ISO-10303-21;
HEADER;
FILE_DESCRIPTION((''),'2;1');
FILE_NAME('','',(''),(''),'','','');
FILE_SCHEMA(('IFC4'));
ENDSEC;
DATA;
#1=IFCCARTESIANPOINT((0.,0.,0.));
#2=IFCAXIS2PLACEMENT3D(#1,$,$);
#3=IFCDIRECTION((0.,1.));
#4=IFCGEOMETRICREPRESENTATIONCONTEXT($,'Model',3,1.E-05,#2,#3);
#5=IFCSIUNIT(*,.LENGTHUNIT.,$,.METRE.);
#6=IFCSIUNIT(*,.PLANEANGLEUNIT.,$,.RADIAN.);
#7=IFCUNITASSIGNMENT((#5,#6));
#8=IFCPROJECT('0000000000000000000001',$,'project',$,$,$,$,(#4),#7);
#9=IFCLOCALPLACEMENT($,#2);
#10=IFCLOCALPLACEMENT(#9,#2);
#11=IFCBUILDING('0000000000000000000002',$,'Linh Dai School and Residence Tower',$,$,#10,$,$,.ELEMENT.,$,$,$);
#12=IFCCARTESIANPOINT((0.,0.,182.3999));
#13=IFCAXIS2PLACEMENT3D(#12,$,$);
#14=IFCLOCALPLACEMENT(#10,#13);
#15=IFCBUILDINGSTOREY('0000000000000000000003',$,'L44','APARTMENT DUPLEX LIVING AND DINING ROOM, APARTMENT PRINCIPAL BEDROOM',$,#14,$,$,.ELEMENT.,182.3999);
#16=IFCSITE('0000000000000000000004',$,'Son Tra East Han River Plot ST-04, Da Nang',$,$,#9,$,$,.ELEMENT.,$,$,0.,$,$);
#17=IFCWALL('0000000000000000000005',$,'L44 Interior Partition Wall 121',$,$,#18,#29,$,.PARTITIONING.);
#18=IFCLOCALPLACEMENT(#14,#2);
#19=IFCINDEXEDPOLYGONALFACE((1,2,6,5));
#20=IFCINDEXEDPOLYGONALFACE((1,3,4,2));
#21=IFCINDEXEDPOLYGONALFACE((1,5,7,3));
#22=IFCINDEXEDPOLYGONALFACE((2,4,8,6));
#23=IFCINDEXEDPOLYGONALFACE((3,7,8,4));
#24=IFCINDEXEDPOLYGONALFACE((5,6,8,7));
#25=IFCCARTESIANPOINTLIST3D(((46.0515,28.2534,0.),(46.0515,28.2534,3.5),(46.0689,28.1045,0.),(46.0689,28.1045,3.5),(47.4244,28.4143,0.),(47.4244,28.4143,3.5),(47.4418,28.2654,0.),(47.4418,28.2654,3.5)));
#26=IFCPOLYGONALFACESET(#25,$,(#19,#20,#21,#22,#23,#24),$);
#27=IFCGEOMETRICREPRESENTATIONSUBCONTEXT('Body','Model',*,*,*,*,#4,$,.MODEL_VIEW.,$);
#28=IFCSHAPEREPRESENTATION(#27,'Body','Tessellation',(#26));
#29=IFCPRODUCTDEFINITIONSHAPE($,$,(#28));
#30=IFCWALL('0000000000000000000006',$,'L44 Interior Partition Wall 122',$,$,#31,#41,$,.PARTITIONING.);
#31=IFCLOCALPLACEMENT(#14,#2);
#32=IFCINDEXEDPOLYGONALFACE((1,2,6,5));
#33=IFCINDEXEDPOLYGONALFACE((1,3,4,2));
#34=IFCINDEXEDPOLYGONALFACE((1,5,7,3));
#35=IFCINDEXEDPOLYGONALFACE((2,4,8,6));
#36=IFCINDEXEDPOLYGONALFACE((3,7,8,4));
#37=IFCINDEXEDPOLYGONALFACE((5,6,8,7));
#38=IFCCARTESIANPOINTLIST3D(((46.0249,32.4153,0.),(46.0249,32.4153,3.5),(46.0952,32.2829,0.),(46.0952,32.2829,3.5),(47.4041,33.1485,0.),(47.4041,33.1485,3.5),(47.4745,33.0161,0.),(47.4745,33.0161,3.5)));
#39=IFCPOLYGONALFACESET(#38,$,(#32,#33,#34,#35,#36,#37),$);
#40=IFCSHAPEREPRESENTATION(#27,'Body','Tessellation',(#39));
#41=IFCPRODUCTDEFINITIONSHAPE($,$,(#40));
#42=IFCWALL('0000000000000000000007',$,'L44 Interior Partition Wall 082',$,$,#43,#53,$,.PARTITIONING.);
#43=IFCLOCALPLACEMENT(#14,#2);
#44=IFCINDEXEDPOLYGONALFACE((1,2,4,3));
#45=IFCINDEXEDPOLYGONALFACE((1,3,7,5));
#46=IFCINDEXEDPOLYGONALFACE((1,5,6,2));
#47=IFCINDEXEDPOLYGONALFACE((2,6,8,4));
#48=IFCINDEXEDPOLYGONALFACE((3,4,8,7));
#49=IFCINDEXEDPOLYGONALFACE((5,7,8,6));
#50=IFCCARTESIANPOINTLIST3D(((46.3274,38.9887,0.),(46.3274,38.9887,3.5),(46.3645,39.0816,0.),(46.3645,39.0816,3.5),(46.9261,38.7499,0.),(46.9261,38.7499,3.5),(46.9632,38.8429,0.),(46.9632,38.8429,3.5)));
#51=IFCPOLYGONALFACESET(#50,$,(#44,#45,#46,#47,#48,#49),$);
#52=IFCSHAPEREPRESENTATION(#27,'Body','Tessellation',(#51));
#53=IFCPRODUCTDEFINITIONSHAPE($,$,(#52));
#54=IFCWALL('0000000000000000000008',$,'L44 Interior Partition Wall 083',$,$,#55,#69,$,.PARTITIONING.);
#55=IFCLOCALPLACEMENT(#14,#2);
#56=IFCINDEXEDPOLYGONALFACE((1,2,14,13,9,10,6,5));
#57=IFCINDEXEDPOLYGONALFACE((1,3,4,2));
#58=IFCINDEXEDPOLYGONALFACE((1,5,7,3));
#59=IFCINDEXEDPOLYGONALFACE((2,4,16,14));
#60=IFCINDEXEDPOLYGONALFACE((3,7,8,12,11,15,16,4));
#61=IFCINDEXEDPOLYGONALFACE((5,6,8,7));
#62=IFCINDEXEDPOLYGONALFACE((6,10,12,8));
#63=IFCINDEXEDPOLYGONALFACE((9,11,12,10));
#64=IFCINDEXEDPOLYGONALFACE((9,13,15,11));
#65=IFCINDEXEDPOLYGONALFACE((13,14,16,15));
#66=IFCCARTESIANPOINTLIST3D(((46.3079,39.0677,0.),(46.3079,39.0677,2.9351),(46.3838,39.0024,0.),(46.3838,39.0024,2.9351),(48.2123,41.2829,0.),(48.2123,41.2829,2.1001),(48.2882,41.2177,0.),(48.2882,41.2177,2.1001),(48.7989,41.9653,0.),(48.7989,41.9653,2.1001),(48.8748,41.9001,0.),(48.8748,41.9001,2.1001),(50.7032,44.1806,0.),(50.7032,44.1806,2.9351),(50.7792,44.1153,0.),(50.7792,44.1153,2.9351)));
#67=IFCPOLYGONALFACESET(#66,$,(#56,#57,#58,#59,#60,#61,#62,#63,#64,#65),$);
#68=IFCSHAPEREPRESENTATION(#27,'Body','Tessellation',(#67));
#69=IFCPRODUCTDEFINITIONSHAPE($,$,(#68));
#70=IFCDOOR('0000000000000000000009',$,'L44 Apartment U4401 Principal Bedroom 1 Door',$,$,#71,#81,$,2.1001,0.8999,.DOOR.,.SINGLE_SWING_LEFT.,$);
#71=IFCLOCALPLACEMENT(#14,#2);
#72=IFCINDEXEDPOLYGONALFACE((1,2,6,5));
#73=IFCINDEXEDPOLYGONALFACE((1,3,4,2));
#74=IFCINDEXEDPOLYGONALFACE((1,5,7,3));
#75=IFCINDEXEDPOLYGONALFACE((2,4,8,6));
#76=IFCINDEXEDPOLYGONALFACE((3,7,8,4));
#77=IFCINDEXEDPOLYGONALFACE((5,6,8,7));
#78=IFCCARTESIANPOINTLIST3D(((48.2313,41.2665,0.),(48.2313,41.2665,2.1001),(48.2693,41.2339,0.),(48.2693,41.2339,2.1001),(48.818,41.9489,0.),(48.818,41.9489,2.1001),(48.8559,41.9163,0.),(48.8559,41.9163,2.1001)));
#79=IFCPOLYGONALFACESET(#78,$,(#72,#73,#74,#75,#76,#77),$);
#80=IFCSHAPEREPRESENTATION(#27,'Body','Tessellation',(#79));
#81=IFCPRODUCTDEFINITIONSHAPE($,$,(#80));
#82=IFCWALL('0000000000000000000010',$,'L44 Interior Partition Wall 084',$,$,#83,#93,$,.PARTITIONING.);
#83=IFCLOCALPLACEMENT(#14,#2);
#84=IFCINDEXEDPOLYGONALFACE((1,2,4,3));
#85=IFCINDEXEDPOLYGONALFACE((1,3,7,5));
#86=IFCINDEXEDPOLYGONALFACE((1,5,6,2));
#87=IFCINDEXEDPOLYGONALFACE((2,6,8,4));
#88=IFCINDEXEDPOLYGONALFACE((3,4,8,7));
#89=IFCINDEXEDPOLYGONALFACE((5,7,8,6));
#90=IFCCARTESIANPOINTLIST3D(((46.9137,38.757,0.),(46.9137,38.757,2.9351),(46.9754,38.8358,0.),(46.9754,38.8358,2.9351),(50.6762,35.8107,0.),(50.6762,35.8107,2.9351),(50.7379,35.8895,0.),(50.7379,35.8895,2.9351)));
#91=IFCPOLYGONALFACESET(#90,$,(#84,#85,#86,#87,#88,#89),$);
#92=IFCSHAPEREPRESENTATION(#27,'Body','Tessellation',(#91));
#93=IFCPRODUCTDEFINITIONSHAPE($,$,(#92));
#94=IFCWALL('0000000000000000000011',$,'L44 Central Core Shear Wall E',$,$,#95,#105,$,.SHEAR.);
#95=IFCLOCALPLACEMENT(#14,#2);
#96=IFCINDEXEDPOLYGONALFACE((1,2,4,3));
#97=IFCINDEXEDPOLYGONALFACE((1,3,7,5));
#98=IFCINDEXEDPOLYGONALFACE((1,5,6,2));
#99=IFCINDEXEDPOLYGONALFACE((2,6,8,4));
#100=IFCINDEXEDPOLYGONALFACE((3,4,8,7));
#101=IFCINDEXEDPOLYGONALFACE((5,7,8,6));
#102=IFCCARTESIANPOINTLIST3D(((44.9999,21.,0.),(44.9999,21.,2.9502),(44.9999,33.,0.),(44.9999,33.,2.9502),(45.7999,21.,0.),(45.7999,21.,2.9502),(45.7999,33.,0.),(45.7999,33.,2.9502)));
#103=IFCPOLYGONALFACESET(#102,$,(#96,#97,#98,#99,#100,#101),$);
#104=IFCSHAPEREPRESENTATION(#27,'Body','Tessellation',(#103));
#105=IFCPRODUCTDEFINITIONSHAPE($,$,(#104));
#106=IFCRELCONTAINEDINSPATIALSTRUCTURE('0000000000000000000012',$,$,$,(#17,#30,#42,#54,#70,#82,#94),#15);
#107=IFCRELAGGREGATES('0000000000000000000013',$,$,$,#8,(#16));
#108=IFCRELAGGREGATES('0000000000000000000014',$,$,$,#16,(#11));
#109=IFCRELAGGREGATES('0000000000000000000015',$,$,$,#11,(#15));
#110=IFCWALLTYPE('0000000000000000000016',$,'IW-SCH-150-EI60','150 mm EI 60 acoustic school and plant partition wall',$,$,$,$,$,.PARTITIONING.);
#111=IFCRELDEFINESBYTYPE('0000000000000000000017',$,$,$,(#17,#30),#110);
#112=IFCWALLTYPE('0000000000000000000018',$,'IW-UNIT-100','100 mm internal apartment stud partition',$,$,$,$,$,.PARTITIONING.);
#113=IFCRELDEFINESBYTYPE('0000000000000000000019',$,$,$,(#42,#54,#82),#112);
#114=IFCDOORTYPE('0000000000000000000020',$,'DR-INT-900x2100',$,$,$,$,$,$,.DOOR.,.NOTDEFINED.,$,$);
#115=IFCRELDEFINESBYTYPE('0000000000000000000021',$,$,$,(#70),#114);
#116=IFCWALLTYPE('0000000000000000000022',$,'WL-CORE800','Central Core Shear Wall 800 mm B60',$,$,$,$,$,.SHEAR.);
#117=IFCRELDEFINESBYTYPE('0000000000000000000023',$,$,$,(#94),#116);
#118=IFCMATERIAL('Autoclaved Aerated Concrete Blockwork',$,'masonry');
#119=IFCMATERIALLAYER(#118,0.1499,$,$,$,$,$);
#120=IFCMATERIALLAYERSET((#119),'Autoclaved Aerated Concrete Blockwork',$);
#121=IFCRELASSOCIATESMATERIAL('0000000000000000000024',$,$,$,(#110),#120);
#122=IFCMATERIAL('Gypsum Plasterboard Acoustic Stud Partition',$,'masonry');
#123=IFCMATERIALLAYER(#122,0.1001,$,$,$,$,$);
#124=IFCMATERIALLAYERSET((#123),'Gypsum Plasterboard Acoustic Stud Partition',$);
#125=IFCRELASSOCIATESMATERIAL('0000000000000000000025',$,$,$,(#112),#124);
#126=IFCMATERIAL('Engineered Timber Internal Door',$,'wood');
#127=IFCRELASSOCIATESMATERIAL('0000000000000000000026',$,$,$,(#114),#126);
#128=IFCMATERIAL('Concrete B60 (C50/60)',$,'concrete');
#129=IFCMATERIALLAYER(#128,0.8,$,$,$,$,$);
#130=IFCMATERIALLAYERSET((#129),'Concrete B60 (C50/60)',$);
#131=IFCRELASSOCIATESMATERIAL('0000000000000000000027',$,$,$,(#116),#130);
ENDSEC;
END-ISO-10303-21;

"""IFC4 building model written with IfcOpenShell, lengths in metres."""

from ifc_helpers import new_model, si_unit, direction, frame, frame_2d, origin, origin_2d, place, context, subcontext, project, spatial, rectangle, extrude, source, transform, mapped, material, layer, layer_set, type_object, element, fill, save


model = new_model("IFC4")

# Units and contexts
model_context = context("Model", 3, precision=1e-05, world=origin(), true_north=direction((0.0, 1.0)))
body_context = subcontext(model_context, "Body", "Model", "MODEL_VIEW")
ifc_project = project(units=[si_unit("LENGTHUNIT", "METRE"), si_unit("PLANEANGLEUNIT", "RADIAN")], contexts=[model_context])

# Site, building, storey
site_placement = place(None, origin())
site = spatial("IfcSite", under=ifc_project, at=site_placement, Name="Son Tra East Han River Plot ST-04, Da Nang", CompositionType="ELEMENT", RefElevation=0.0)
building_placement = place(site_placement, origin())
building = spatial("IfcBuilding", under=site, at=building_placement, Name="Linh Dai School and Residence Tower", CompositionType="ELEMENT")
storey_placement = place(building_placement, frame((0.0, 0.0, 182.3999)))
storey = spatial("IfcBuildingStorey", under=building, at=storey_placement, Name="L44", Description="APARTMENT DUPLEX LIVING AND DINING ROOM, APARTMENT PRINCIPAL BEDROOM", CompositionType="ELEMENT", Elevation=182.3999)

# Shared definitions
ifc_material_1 = material(Name="Concrete B60 (C50/60)", Category="concrete")

# Shared definitions
ifc_material_2 = material(Name="Autoclaved Aerated Concrete Blockwork", Category="masonry")

# Walls
ifc_layer_1 = layer(ifc_material_2, 0.1499)
ifc_layer_set_1 = layer_set([ifc_layer_1], Name="Autoclaved Aerated Concrete Blockwork")
wall_type_1 = type_object("IfcWallType", Name="IW-SCH-150-EI60", Description="150 mm EI 60 acoustic school and plant partition wall", PredefinedType="PARTITIONING", material=ifc_layer_set_1)
wall_1_placement = place(storey_placement, frame((47.4331, 28.3398, 0.0), z_axis=(0.0, 0.0, 1.0), x_axis=(-0.993205, -0.11638, 0.0)))
element("IfcWall", 1, at=wall_1_placement, inside=storey, type_object=wall_type_1, Name="L44 Interior Partition Wall 121", PredefinedType="PARTITIONING", context=body_context, shape_type="SweptSolid", body=[
    extrude(rectangle(XDim=1.3823, YDim=0.1499, at=frame_2d((0.6912, 0.0))), origin(), (0.0, 0.0, 1.0), 3.5),
])
wall_2_placement = place(storey_placement, frame((46.0601, 32.3491, 0.0), z_axis=(0.0, 0.0, 1.0), x_axis=(0.882988, 0.469395, 0.0)))
element("IfcWall", 2, at=wall_2_placement, inside=storey, type_object=wall_type_1, Name="L44 Interior Partition Wall 122", PredefinedType="PARTITIONING", context=body_context, shape_type="SweptSolid", body=[
    extrude(rectangle(XDim=1.562, YDim=0.1499, at=frame_2d((0.781, 0.0))), origin(), (0.0, 0.0, 1.0), 3.5),
])
ifc_material_3 = material(Name="Gypsum Plasterboard Acoustic Stud Partition", Category="masonry")
ifc_layer_2 = layer(ifc_material_3, 0.1001)
ifc_layer_set_2 = layer_set([ifc_layer_2], Name="Gypsum Plasterboard Acoustic Stud Partition")
wall_type_2 = type_object("IfcWallType", Name="IW-UNIT-100", Description="100 mm internal apartment stud partition", PredefinedType="PARTITIONING", material=ifc_layer_set_2)
wall_3_placement = place(storey_placement, frame((46.3459, 39.0352, 0.0), z_axis=(0.0, 0.0, 1.0), x_axis=(0.928842, -0.370476, 0.0)))
element("IfcWall", 3, at=wall_3_placement, inside=storey, type_object=wall_type_2, Name="L44 Interior Partition Wall 082", PredefinedType="PARTITIONING", context=body_context, shape_type="SweptSolid", body=[
    extrude(rectangle(XDim=0.6445, YDim=0.1001, at=frame_2d((0.3223, 0.0))), origin(), (0.0, 0.0, 1.0), 3.5),
])

# Wall, opening, door
wall_4_placement = place(storey_placement, frame((46.3459, 39.0352, 0.0), z_axis=(0.0, 0.0, 1.0), x_axis=(0.651891, 0.758313, 0.0)))
wall_4 = element("IfcWall", 4, at=wall_4_placement, inside=storey, type_object=wall_type_2, Name="L44 Interior Partition Wall 083", PredefinedType="PARTITIONING", context=body_context, shape_type="SweptSolid", body=[
    extrude(rectangle(XDim=6.7424, YDim=0.1001, at=frame_2d((3.3711, 0.0))), origin(), (0.0, 0.0, 1.0), 2.9351),
])
opening_1_placement = place(wall_4_placement, frame((2.9211, 0.0, 0.0)))
opening_1 = element("IfcOpeningElement", 5, at=opening_1_placement, cuts=wall_4, PredefinedType="OPENING", context=body_context, shape_type="SweptSolid", body=[
    extrude(rectangle(XDim=0.8999, YDim=2.1001, at=origin_2d()), frame((0.45, 0.0601, 1.05), z_axis=(0.0, -1.0, 0.0), x_axis=(1.0, 0.0, 0.0)), (0.0, 0.0, 1.0), 0.1201),
])
ifc_material_4 = material(Name="Engineered Timber Internal Door", Category="wood")
door_type_1 = type_object("IfcDoorType", Name="DR-INT-900x2100", OperationType="NOTDEFINED", PredefinedType="DOOR", material=ifc_material_4)
shared_shape_1 = source(origin(), body_context, "Body", "SweptSolid", [
    extrude(rectangle(XDim=0.8999, YDim=2.1001, at=origin_2d()), frame((0.45, 0.0249, 1.05), z_axis=(0.0, -1.0, 0.0), x_axis=(1.0, 0.0, 0.0)), (0.0, 0.0, 1.0), 0.05),
])
door_1_placement = place(opening_1_placement, origin())
door_1 = element("IfcDoor", 6, at=door_1_placement, inside=storey, type_object=door_type_1, Name="L44 Apartment U4401 Principal Bedroom 1 Door", OperationType="SINGLE_SWING_LEFT", OverallHeight=2.1001, OverallWidth=0.8999, PredefinedType="DOOR", context=body_context, shape_type="MappedRepresentation", body=[
    mapped(shared_shape_1, transform((0.0, 0.0, 0.0), x_axis=(1.0, 0.0, 0.0), y_axis=(0.0, 1.0, 0.0), z_axis=(0.0, 0.0, 1.0), scale=1.0)),
])
fill(opening_1, door_1)

# Walls
wall_5_placement = place(storey_placement, frame((46.9446, 38.7964, 0.0), z_axis=(0.0, 0.0, 1.0), x_axis=(0.787326, -0.616537, 0.0)))
element("IfcWall", 7, at=wall_5_placement, inside=storey, type_object=wall_type_2, Name="L44 Interior Partition Wall 084", PredefinedType="PARTITIONING", context=body_context, shape_type="SweptSolid", body=[
    extrude(rectangle(XDim=4.7788, YDim=0.1001, at=frame_2d((2.3894, 0.0))), origin(), (0.0, 0.0, 1.0), 2.9351),
])
ifc_layer_3 = layer(ifc_material_1, 0.8)
ifc_layer_set_3 = layer_set([ifc_layer_3], Name="Concrete B60 (C50/60)")
wall_type_3 = type_object("IfcWallType", Name="WL-CORE800", Description="Central Core Shear Wall 800 mm B60", PredefinedType="SHEAR", material=ifc_layer_set_3)
wall_6_placement = place(storey_placement, frame((45.3999, 33.0, 0.0), z_axis=(0.0, 0.0, 1.0), x_axis=(0.0, -1.0, 0.0)))
element("IfcWall", 8, at=wall_6_placement, inside=storey, type_object=wall_type_3, Name="L44 Central Core Shear Wall E", PredefinedType="SHEAR", context=body_context, shape_type="SweptSolid", body=[
    extrude(rectangle(XDim=12.0, YDim=0.8, at=frame_2d((6.0, 0.0))), origin(), (0.0, 0.0, 1.0), 2.9502),
])

save(model, "model.ifc")
